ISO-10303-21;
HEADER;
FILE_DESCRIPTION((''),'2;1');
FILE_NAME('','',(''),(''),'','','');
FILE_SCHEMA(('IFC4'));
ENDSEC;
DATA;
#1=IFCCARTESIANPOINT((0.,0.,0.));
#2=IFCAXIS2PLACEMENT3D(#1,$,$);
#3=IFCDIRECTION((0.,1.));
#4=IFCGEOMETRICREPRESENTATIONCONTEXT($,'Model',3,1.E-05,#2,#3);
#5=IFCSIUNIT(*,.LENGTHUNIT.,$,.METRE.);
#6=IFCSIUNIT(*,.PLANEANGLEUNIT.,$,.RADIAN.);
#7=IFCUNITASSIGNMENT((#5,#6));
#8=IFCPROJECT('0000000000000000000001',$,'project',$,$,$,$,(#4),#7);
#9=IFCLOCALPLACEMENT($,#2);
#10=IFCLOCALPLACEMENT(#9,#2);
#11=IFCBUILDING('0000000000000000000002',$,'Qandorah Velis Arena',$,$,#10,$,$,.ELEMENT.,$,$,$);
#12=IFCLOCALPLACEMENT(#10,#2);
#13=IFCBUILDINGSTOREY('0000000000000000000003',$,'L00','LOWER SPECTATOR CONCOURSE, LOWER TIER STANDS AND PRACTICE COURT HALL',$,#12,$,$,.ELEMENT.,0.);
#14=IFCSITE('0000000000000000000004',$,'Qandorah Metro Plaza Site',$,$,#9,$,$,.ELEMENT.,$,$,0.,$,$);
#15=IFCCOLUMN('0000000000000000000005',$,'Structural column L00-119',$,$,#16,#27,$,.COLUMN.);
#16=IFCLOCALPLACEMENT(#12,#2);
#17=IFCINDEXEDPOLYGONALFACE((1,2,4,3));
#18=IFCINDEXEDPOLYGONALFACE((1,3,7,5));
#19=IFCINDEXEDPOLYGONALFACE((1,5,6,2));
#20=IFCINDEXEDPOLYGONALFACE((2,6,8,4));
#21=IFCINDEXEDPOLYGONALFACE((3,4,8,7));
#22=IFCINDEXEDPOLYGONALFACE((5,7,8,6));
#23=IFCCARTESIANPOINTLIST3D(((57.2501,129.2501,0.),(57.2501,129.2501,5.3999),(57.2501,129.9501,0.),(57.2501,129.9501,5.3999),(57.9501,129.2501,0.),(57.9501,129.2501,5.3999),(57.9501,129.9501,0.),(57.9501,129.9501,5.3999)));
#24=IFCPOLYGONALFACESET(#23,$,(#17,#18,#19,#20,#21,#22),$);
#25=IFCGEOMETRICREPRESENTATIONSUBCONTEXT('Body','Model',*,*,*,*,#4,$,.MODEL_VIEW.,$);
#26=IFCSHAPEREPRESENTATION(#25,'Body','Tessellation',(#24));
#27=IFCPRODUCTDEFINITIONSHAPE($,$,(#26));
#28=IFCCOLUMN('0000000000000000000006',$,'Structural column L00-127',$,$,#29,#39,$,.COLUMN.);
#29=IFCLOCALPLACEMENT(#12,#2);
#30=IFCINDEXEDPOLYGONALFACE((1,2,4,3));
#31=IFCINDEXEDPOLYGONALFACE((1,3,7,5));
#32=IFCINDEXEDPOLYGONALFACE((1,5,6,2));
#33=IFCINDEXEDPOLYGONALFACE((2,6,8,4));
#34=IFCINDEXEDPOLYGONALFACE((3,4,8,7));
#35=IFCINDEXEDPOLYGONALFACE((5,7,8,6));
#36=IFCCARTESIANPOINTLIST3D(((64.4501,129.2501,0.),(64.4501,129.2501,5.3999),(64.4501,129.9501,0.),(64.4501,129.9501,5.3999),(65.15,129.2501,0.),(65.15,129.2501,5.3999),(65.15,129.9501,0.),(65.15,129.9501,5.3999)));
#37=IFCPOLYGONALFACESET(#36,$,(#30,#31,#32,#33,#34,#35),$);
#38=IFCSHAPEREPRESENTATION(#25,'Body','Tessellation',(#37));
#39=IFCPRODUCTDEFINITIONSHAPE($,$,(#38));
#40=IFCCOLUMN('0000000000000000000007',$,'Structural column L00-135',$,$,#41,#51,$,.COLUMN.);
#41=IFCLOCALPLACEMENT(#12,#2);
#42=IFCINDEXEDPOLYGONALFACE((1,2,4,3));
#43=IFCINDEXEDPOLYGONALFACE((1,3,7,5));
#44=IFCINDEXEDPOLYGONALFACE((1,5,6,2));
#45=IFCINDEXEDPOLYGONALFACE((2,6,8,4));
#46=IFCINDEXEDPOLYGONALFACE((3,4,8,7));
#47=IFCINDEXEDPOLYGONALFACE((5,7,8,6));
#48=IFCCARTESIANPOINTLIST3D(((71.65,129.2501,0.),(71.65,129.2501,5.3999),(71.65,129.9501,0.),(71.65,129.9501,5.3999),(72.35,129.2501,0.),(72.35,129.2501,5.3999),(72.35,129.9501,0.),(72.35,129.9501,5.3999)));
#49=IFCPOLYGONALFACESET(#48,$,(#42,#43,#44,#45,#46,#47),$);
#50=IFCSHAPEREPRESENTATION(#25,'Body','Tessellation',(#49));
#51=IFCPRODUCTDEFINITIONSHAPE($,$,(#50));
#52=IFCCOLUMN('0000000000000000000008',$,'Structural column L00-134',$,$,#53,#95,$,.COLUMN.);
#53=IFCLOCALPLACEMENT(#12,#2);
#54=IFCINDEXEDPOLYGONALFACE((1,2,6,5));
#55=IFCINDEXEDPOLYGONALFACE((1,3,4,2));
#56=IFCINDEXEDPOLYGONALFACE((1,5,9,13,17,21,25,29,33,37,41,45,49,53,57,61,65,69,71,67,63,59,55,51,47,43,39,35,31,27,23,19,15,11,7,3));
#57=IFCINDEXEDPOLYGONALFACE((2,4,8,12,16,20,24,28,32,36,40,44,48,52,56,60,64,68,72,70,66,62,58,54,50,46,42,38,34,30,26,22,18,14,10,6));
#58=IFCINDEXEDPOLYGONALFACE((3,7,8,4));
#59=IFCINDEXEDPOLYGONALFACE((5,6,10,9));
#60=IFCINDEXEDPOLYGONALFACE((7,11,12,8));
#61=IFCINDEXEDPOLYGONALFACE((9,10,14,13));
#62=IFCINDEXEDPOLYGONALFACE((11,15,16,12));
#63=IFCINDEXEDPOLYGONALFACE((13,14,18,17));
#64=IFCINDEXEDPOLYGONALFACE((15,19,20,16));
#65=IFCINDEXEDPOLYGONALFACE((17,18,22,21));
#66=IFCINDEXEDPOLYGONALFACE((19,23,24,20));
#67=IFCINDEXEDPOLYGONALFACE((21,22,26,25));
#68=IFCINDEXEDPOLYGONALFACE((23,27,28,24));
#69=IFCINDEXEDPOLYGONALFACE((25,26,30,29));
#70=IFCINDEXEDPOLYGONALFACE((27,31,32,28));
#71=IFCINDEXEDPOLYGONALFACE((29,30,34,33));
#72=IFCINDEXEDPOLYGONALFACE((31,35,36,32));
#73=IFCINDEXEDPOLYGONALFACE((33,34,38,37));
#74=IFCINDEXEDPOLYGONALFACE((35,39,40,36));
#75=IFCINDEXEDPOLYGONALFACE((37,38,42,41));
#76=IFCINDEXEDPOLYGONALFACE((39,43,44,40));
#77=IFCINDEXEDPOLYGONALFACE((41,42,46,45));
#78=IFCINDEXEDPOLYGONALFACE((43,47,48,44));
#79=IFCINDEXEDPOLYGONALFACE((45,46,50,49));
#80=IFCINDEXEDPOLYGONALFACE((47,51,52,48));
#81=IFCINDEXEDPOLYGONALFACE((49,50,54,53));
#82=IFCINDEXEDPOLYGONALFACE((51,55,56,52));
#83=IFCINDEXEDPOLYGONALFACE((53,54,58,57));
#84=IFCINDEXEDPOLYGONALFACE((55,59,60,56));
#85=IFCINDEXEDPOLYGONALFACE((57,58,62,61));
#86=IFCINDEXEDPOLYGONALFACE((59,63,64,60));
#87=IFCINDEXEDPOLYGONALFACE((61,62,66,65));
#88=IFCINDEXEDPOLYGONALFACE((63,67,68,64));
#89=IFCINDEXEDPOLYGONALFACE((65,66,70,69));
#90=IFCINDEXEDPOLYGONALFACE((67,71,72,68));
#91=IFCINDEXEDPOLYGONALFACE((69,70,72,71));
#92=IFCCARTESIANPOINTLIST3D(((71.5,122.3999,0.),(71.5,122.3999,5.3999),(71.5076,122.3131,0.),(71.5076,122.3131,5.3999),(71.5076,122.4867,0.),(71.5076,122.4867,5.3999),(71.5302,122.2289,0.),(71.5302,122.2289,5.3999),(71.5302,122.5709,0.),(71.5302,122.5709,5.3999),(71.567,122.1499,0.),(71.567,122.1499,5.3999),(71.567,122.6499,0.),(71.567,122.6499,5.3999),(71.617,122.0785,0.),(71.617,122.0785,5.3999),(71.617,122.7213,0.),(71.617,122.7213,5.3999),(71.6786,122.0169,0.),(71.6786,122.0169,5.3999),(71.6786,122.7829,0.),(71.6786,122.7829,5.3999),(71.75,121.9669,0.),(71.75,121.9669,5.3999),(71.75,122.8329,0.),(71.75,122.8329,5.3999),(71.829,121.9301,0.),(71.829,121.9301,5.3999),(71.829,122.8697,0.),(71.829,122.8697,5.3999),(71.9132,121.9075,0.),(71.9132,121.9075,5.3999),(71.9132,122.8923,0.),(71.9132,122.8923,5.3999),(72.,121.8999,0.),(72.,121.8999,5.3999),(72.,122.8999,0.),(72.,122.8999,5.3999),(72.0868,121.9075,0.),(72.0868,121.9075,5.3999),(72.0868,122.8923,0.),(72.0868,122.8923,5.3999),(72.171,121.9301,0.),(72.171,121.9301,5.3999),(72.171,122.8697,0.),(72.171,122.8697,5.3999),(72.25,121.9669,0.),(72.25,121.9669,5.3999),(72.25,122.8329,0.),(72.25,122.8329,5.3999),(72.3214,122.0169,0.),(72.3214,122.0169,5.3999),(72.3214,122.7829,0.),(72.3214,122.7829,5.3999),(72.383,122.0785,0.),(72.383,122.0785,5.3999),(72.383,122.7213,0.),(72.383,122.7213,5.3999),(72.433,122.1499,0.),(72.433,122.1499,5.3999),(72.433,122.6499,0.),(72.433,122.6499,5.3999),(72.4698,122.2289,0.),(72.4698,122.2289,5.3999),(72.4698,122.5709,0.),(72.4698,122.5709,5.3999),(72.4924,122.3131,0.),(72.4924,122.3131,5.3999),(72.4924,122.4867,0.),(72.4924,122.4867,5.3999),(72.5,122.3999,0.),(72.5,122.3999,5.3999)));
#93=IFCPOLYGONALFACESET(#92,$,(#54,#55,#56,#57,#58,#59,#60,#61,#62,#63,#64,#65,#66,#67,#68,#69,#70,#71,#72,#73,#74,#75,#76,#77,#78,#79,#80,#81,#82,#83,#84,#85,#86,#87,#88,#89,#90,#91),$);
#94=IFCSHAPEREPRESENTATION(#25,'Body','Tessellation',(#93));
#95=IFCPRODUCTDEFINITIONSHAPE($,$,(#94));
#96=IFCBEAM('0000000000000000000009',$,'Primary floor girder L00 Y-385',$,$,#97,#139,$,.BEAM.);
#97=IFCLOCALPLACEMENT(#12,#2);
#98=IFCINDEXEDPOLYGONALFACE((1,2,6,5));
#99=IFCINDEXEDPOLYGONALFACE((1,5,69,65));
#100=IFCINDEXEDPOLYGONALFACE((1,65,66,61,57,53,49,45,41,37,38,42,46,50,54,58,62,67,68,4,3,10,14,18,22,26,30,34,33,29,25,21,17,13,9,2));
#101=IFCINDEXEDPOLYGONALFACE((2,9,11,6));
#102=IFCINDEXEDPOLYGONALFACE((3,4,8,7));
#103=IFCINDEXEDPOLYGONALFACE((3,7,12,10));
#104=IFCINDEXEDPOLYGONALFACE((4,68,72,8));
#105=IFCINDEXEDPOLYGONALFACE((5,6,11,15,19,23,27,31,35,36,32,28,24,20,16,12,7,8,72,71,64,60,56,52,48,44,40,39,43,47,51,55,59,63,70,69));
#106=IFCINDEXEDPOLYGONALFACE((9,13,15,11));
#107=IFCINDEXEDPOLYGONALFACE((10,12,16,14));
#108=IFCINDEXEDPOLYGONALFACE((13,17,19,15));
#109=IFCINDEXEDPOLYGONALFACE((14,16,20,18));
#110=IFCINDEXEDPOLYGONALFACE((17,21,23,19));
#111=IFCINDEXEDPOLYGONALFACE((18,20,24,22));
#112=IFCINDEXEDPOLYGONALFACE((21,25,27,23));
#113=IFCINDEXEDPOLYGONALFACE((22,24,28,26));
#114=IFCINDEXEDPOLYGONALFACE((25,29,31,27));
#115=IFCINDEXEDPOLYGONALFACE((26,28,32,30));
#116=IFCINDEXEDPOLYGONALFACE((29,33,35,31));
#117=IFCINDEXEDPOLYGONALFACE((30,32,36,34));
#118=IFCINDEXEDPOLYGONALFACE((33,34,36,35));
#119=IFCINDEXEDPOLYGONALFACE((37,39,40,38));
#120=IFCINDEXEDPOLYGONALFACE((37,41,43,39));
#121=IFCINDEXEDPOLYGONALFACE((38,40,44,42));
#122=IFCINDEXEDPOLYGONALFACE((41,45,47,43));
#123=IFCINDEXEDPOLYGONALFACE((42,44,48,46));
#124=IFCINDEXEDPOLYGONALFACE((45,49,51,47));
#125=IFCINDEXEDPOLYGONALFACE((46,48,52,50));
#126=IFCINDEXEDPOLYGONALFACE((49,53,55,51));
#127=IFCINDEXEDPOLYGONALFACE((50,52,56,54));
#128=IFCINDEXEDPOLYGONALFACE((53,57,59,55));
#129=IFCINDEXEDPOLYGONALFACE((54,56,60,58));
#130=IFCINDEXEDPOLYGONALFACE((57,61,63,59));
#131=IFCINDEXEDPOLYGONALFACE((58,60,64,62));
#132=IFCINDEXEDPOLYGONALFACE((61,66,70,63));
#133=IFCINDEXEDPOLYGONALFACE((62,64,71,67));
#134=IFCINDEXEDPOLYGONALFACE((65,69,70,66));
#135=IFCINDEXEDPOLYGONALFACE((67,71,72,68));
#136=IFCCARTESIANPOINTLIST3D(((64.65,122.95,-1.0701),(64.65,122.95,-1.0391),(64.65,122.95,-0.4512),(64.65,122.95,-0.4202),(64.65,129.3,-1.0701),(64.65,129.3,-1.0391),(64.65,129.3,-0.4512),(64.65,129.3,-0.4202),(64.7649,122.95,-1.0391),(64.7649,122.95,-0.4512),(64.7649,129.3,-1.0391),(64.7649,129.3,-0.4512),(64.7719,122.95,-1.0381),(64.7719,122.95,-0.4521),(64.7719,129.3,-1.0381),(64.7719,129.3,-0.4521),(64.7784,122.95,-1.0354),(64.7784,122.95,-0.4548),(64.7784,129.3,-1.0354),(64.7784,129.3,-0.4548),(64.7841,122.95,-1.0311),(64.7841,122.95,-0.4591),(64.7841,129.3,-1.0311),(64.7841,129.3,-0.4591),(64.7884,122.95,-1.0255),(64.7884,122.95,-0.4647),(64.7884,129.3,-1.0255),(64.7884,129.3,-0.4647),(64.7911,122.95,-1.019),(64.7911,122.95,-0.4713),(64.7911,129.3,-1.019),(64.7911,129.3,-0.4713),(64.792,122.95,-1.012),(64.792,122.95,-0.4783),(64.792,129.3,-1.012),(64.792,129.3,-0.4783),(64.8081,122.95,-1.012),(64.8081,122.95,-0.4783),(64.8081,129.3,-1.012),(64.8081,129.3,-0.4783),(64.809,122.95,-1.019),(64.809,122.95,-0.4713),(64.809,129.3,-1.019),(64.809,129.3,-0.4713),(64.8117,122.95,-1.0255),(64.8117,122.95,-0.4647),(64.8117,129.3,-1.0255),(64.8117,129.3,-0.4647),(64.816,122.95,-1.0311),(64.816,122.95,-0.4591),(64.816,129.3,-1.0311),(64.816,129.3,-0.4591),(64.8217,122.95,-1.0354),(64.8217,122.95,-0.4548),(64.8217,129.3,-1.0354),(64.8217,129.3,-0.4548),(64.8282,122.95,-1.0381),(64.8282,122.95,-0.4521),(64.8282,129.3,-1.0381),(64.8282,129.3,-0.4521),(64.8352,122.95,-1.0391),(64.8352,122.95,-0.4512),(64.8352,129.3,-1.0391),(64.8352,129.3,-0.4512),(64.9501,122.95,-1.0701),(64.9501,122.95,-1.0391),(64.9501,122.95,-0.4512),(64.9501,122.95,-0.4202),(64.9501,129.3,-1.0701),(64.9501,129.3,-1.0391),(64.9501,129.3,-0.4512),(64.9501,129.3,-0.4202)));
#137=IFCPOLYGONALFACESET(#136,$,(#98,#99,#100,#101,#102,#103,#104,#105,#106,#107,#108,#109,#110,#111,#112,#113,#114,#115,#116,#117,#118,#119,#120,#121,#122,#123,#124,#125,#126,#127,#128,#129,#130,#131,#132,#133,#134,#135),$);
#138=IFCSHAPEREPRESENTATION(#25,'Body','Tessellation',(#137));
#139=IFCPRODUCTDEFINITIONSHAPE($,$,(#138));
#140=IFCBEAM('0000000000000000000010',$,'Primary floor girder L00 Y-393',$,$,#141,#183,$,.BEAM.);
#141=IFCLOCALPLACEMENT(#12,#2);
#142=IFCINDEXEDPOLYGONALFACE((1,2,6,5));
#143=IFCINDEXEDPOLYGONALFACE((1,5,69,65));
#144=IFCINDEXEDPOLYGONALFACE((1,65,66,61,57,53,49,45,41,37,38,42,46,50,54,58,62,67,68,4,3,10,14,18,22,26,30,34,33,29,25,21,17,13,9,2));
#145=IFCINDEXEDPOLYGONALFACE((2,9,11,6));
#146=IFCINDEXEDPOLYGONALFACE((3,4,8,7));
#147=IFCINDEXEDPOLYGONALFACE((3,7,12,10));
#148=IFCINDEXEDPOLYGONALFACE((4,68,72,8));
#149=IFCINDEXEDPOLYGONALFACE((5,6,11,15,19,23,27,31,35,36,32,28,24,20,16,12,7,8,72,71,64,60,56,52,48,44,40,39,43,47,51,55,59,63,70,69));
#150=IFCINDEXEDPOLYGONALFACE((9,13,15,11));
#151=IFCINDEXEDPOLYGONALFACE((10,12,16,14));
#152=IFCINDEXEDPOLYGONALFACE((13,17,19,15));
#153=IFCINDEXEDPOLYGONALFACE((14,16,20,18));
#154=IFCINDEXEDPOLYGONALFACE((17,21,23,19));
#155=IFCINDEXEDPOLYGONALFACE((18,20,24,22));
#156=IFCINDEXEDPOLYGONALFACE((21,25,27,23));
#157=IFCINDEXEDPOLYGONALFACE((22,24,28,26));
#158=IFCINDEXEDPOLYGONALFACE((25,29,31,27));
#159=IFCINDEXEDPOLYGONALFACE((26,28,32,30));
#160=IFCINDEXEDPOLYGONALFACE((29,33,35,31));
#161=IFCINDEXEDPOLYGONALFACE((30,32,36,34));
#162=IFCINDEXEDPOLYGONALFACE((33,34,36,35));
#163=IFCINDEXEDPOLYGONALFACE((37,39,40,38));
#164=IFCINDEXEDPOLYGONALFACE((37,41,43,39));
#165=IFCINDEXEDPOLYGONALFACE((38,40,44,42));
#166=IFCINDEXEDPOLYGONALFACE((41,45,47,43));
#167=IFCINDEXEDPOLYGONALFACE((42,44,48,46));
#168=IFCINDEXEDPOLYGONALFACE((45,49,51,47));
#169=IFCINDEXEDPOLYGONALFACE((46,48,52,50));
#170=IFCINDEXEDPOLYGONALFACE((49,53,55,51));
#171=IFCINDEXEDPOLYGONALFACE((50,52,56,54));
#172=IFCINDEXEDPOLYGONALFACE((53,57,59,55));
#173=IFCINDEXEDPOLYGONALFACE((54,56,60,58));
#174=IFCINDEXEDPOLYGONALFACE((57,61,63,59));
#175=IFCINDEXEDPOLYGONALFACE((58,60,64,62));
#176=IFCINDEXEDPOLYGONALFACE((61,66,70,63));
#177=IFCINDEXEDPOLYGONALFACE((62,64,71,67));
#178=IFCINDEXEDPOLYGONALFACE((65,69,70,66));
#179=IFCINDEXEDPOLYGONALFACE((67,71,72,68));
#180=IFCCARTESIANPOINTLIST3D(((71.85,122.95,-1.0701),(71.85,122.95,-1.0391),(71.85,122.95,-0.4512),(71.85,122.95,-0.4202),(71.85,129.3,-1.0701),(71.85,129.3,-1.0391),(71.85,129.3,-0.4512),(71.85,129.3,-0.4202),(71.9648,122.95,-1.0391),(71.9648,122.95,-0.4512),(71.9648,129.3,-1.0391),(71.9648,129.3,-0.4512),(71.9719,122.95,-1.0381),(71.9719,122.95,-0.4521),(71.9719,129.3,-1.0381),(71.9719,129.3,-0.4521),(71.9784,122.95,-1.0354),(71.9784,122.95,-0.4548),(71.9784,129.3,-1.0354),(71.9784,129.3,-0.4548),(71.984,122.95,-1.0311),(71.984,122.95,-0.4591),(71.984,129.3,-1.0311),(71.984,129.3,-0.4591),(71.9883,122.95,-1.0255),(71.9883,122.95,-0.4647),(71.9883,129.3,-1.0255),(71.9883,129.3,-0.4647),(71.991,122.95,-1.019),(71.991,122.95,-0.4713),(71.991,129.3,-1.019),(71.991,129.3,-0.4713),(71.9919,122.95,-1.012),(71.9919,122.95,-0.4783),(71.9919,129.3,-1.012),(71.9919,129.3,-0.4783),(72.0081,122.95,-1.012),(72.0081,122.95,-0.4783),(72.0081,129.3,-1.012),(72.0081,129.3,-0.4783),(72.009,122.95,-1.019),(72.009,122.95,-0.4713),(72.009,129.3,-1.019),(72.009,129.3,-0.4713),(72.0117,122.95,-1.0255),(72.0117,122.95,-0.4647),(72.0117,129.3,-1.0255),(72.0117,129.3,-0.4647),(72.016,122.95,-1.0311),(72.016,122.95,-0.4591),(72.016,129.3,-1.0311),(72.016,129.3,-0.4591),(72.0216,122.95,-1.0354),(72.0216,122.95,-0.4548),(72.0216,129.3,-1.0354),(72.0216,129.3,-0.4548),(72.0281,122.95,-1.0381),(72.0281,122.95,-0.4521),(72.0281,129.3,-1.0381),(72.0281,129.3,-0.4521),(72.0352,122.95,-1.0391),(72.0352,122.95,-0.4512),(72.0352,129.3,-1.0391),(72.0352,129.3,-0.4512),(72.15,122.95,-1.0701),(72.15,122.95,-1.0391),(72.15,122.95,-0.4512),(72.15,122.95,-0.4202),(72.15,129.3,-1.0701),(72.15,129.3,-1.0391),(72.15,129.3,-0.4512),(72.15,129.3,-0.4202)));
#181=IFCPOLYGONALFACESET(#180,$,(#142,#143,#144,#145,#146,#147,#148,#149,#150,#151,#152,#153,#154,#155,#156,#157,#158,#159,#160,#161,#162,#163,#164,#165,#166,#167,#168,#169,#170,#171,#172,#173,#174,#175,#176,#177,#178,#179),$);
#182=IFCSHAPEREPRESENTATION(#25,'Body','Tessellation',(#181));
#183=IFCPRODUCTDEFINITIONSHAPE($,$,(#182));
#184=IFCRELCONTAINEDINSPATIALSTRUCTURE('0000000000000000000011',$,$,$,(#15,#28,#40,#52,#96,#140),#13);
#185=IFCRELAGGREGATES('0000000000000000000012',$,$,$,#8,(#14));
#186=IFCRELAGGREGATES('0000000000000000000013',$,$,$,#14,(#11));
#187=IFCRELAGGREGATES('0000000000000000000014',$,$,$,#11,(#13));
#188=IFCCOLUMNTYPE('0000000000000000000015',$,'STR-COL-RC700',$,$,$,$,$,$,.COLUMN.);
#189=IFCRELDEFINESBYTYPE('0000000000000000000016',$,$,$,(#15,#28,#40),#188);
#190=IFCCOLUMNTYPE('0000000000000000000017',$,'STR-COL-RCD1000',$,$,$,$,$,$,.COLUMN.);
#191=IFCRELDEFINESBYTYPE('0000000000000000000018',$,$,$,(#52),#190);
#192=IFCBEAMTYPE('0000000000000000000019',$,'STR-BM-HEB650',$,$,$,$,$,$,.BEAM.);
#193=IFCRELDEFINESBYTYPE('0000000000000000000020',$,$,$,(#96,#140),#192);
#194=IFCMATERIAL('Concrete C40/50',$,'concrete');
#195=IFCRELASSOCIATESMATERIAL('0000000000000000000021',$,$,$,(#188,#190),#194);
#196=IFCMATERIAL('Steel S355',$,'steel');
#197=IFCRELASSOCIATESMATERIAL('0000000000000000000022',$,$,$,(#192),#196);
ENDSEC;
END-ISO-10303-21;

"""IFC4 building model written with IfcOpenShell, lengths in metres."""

from ifc_helpers import new_model, si_unit, direction, frame, origin, origin_2d, place, context, subcontext, project, spatial, rectangle, circle, i_section, extrude, material, material_profile, profile_set, type_object, element, save


model = new_model("IFC4")

# Units and contexts
model_context = context("Model", 3, precision=1e-05, world=origin(), true_north=direction((0.0, 1.0)))
body_context = subcontext(model_context, "Body", "Model", "MODEL_VIEW")
ifc_project = project(units=[si_unit("LENGTHUNIT", "METRE"), si_unit("PLANEANGLEUNIT", "RADIAN")], contexts=[model_context])

# Site, building, storey
site_placement = place(None, origin())
site = spatial("IfcSite", under=ifc_project, at=site_placement, Name="Qandorah Metro Plaza Site", CompositionType="ELEMENT", RefElevation=0.0)
building_placement = place(site_placement, origin())
building = spatial("IfcBuilding", under=site, at=building_placement, Name="Qandorah Velis Arena", CompositionType="ELEMENT")
storey_placement = place(building_placement, origin())
storey = spatial("IfcBuildingStorey", under=building, at=storey_placement, Name="L00", Description="LOWER SPECTATOR CONCOURSE, LOWER TIER STANDS AND PRACTICE COURT HALL", CompositionType="ELEMENT", Elevation=0.0)

# Columns
ifc_material_1 = material(Name="Concrete C40/50", Category="concrete")
ifc_material_profile_1 = material_profile(ifc_material_1, rectangle(XDim=0.7, YDim=0.7, at=origin_2d()), Name="RC COL 700x700")
ifc_profile_set_1 = profile_set([ifc_material_profile_1], Name="Concrete C40/50")
column_type_1 = type_object("IfcColumnType", Name="STR-COL-RC700", PredefinedType="COLUMN", material=ifc_profile_set_1)
for number, where, z_axis, x_axis, name in (
    (1, (57.6001, 129.6001, 0.0), (0.0, 0.0, 1.0), (1.0, 0.0, 0.0), "Structural column L00-119"),
    (2, (64.8, 129.6001, 0.0), (0.0, 0.0, 1.0), (1.0, 0.0, 0.0), "Structural column L00-127"),
    (3, (72.0, 129.6001, 0.0), (0.0, 0.0, 1.0), (1.0, 0.0, 0.0), "Structural column L00-135"),
):
    element("IfcColumn", number, at=place(storey_placement, frame(where, z_axis=z_axis, x_axis=x_axis)), inside=storey, type_object=column_type_1, Name=name, PredefinedType="COLUMN", context=body_context, shape_type="SweptSolid", body=[
        extrude(rectangle(XDim=0.7, YDim=0.7, at=origin_2d()), origin(), (0.0, 0.0, 1.0), 5.3999),
    ])
ifc_material_profile_2 = material_profile(ifc_material_1, circle(Radius=0.5, at=origin_2d()), Name="RC D1000")
ifc_profile_set_2 = profile_set([ifc_material_profile_2], Name="Concrete C40/50")
column_type_2 = type_object("IfcColumnType", Name="STR-COL-RCD1000", PredefinedType="COLUMN", material=ifc_profile_set_2)
column_placement = place(storey_placement, frame((72.0, 122.3999, 0.0), z_axis=(0.0, 0.0, 1.0), x_axis=(1.0, 0.0, 0.0)))
element("IfcColumn", 4, at=column_placement, inside=storey, type_object=column_type_2, Name="Structural column L00-134", PredefinedType="COLUMN", context=body_context, shape_type="SweptSolid", body=[
    extrude(circle(Radius=0.5, at=origin_2d()), origin(), (0.0, 0.0, 1.0), 5.3999),
])

# Beams
ifc_material_2 = material(Name="Steel S355", Category="steel")
ifc_material_profile_3 = material_profile(ifc_material_2, i_section(OverallWidth=0.3, OverallDepth=0.6499, WebThickness=0.0161, FlangeThickness=0.031, FilletRadius=0.0271, at=origin_2d()), Name="HEB 650")
ifc_profile_set_3 = profile_set([ifc_material_profile_3], Name="Steel S355")
beam_type_1 = type_object("IfcBeamType", Name="STR-BM-HEB650", PredefinedType="BEAM", material=ifc_profile_set_3)
for number, where, z_axis, x_axis, name in (
    (5, (64.8, 122.95, -0.7451), (0.0, 1.0, 0.0), (-1.0, 0.0, 0.0), "Primary floor girder L00 Y-385"),
    (6, (72.0, 122.95, -0.7451), (0.0, 1.0, 0.0), (-1.0, 0.0, 0.0), "Primary floor girder L00 Y-393"),
):
    element("IfcBeam", number, at=place(storey_placement, frame(where, z_axis=z_axis, x_axis=x_axis)), inside=storey, type_object=beam_type_1, Name=name, PredefinedType="BEAM", context=body_context, shape_type="SweptSolid", body=[
        extrude(i_section(OverallWidth=0.3, OverallDepth=0.6499, WebThickness=0.0161, FlangeThickness=0.031, FilletRadius=0.0271, at=origin_2d()), origin(), (0.0, 0.0, 1.0), 6.3501),
    ])

save(model, "model.ifc")
